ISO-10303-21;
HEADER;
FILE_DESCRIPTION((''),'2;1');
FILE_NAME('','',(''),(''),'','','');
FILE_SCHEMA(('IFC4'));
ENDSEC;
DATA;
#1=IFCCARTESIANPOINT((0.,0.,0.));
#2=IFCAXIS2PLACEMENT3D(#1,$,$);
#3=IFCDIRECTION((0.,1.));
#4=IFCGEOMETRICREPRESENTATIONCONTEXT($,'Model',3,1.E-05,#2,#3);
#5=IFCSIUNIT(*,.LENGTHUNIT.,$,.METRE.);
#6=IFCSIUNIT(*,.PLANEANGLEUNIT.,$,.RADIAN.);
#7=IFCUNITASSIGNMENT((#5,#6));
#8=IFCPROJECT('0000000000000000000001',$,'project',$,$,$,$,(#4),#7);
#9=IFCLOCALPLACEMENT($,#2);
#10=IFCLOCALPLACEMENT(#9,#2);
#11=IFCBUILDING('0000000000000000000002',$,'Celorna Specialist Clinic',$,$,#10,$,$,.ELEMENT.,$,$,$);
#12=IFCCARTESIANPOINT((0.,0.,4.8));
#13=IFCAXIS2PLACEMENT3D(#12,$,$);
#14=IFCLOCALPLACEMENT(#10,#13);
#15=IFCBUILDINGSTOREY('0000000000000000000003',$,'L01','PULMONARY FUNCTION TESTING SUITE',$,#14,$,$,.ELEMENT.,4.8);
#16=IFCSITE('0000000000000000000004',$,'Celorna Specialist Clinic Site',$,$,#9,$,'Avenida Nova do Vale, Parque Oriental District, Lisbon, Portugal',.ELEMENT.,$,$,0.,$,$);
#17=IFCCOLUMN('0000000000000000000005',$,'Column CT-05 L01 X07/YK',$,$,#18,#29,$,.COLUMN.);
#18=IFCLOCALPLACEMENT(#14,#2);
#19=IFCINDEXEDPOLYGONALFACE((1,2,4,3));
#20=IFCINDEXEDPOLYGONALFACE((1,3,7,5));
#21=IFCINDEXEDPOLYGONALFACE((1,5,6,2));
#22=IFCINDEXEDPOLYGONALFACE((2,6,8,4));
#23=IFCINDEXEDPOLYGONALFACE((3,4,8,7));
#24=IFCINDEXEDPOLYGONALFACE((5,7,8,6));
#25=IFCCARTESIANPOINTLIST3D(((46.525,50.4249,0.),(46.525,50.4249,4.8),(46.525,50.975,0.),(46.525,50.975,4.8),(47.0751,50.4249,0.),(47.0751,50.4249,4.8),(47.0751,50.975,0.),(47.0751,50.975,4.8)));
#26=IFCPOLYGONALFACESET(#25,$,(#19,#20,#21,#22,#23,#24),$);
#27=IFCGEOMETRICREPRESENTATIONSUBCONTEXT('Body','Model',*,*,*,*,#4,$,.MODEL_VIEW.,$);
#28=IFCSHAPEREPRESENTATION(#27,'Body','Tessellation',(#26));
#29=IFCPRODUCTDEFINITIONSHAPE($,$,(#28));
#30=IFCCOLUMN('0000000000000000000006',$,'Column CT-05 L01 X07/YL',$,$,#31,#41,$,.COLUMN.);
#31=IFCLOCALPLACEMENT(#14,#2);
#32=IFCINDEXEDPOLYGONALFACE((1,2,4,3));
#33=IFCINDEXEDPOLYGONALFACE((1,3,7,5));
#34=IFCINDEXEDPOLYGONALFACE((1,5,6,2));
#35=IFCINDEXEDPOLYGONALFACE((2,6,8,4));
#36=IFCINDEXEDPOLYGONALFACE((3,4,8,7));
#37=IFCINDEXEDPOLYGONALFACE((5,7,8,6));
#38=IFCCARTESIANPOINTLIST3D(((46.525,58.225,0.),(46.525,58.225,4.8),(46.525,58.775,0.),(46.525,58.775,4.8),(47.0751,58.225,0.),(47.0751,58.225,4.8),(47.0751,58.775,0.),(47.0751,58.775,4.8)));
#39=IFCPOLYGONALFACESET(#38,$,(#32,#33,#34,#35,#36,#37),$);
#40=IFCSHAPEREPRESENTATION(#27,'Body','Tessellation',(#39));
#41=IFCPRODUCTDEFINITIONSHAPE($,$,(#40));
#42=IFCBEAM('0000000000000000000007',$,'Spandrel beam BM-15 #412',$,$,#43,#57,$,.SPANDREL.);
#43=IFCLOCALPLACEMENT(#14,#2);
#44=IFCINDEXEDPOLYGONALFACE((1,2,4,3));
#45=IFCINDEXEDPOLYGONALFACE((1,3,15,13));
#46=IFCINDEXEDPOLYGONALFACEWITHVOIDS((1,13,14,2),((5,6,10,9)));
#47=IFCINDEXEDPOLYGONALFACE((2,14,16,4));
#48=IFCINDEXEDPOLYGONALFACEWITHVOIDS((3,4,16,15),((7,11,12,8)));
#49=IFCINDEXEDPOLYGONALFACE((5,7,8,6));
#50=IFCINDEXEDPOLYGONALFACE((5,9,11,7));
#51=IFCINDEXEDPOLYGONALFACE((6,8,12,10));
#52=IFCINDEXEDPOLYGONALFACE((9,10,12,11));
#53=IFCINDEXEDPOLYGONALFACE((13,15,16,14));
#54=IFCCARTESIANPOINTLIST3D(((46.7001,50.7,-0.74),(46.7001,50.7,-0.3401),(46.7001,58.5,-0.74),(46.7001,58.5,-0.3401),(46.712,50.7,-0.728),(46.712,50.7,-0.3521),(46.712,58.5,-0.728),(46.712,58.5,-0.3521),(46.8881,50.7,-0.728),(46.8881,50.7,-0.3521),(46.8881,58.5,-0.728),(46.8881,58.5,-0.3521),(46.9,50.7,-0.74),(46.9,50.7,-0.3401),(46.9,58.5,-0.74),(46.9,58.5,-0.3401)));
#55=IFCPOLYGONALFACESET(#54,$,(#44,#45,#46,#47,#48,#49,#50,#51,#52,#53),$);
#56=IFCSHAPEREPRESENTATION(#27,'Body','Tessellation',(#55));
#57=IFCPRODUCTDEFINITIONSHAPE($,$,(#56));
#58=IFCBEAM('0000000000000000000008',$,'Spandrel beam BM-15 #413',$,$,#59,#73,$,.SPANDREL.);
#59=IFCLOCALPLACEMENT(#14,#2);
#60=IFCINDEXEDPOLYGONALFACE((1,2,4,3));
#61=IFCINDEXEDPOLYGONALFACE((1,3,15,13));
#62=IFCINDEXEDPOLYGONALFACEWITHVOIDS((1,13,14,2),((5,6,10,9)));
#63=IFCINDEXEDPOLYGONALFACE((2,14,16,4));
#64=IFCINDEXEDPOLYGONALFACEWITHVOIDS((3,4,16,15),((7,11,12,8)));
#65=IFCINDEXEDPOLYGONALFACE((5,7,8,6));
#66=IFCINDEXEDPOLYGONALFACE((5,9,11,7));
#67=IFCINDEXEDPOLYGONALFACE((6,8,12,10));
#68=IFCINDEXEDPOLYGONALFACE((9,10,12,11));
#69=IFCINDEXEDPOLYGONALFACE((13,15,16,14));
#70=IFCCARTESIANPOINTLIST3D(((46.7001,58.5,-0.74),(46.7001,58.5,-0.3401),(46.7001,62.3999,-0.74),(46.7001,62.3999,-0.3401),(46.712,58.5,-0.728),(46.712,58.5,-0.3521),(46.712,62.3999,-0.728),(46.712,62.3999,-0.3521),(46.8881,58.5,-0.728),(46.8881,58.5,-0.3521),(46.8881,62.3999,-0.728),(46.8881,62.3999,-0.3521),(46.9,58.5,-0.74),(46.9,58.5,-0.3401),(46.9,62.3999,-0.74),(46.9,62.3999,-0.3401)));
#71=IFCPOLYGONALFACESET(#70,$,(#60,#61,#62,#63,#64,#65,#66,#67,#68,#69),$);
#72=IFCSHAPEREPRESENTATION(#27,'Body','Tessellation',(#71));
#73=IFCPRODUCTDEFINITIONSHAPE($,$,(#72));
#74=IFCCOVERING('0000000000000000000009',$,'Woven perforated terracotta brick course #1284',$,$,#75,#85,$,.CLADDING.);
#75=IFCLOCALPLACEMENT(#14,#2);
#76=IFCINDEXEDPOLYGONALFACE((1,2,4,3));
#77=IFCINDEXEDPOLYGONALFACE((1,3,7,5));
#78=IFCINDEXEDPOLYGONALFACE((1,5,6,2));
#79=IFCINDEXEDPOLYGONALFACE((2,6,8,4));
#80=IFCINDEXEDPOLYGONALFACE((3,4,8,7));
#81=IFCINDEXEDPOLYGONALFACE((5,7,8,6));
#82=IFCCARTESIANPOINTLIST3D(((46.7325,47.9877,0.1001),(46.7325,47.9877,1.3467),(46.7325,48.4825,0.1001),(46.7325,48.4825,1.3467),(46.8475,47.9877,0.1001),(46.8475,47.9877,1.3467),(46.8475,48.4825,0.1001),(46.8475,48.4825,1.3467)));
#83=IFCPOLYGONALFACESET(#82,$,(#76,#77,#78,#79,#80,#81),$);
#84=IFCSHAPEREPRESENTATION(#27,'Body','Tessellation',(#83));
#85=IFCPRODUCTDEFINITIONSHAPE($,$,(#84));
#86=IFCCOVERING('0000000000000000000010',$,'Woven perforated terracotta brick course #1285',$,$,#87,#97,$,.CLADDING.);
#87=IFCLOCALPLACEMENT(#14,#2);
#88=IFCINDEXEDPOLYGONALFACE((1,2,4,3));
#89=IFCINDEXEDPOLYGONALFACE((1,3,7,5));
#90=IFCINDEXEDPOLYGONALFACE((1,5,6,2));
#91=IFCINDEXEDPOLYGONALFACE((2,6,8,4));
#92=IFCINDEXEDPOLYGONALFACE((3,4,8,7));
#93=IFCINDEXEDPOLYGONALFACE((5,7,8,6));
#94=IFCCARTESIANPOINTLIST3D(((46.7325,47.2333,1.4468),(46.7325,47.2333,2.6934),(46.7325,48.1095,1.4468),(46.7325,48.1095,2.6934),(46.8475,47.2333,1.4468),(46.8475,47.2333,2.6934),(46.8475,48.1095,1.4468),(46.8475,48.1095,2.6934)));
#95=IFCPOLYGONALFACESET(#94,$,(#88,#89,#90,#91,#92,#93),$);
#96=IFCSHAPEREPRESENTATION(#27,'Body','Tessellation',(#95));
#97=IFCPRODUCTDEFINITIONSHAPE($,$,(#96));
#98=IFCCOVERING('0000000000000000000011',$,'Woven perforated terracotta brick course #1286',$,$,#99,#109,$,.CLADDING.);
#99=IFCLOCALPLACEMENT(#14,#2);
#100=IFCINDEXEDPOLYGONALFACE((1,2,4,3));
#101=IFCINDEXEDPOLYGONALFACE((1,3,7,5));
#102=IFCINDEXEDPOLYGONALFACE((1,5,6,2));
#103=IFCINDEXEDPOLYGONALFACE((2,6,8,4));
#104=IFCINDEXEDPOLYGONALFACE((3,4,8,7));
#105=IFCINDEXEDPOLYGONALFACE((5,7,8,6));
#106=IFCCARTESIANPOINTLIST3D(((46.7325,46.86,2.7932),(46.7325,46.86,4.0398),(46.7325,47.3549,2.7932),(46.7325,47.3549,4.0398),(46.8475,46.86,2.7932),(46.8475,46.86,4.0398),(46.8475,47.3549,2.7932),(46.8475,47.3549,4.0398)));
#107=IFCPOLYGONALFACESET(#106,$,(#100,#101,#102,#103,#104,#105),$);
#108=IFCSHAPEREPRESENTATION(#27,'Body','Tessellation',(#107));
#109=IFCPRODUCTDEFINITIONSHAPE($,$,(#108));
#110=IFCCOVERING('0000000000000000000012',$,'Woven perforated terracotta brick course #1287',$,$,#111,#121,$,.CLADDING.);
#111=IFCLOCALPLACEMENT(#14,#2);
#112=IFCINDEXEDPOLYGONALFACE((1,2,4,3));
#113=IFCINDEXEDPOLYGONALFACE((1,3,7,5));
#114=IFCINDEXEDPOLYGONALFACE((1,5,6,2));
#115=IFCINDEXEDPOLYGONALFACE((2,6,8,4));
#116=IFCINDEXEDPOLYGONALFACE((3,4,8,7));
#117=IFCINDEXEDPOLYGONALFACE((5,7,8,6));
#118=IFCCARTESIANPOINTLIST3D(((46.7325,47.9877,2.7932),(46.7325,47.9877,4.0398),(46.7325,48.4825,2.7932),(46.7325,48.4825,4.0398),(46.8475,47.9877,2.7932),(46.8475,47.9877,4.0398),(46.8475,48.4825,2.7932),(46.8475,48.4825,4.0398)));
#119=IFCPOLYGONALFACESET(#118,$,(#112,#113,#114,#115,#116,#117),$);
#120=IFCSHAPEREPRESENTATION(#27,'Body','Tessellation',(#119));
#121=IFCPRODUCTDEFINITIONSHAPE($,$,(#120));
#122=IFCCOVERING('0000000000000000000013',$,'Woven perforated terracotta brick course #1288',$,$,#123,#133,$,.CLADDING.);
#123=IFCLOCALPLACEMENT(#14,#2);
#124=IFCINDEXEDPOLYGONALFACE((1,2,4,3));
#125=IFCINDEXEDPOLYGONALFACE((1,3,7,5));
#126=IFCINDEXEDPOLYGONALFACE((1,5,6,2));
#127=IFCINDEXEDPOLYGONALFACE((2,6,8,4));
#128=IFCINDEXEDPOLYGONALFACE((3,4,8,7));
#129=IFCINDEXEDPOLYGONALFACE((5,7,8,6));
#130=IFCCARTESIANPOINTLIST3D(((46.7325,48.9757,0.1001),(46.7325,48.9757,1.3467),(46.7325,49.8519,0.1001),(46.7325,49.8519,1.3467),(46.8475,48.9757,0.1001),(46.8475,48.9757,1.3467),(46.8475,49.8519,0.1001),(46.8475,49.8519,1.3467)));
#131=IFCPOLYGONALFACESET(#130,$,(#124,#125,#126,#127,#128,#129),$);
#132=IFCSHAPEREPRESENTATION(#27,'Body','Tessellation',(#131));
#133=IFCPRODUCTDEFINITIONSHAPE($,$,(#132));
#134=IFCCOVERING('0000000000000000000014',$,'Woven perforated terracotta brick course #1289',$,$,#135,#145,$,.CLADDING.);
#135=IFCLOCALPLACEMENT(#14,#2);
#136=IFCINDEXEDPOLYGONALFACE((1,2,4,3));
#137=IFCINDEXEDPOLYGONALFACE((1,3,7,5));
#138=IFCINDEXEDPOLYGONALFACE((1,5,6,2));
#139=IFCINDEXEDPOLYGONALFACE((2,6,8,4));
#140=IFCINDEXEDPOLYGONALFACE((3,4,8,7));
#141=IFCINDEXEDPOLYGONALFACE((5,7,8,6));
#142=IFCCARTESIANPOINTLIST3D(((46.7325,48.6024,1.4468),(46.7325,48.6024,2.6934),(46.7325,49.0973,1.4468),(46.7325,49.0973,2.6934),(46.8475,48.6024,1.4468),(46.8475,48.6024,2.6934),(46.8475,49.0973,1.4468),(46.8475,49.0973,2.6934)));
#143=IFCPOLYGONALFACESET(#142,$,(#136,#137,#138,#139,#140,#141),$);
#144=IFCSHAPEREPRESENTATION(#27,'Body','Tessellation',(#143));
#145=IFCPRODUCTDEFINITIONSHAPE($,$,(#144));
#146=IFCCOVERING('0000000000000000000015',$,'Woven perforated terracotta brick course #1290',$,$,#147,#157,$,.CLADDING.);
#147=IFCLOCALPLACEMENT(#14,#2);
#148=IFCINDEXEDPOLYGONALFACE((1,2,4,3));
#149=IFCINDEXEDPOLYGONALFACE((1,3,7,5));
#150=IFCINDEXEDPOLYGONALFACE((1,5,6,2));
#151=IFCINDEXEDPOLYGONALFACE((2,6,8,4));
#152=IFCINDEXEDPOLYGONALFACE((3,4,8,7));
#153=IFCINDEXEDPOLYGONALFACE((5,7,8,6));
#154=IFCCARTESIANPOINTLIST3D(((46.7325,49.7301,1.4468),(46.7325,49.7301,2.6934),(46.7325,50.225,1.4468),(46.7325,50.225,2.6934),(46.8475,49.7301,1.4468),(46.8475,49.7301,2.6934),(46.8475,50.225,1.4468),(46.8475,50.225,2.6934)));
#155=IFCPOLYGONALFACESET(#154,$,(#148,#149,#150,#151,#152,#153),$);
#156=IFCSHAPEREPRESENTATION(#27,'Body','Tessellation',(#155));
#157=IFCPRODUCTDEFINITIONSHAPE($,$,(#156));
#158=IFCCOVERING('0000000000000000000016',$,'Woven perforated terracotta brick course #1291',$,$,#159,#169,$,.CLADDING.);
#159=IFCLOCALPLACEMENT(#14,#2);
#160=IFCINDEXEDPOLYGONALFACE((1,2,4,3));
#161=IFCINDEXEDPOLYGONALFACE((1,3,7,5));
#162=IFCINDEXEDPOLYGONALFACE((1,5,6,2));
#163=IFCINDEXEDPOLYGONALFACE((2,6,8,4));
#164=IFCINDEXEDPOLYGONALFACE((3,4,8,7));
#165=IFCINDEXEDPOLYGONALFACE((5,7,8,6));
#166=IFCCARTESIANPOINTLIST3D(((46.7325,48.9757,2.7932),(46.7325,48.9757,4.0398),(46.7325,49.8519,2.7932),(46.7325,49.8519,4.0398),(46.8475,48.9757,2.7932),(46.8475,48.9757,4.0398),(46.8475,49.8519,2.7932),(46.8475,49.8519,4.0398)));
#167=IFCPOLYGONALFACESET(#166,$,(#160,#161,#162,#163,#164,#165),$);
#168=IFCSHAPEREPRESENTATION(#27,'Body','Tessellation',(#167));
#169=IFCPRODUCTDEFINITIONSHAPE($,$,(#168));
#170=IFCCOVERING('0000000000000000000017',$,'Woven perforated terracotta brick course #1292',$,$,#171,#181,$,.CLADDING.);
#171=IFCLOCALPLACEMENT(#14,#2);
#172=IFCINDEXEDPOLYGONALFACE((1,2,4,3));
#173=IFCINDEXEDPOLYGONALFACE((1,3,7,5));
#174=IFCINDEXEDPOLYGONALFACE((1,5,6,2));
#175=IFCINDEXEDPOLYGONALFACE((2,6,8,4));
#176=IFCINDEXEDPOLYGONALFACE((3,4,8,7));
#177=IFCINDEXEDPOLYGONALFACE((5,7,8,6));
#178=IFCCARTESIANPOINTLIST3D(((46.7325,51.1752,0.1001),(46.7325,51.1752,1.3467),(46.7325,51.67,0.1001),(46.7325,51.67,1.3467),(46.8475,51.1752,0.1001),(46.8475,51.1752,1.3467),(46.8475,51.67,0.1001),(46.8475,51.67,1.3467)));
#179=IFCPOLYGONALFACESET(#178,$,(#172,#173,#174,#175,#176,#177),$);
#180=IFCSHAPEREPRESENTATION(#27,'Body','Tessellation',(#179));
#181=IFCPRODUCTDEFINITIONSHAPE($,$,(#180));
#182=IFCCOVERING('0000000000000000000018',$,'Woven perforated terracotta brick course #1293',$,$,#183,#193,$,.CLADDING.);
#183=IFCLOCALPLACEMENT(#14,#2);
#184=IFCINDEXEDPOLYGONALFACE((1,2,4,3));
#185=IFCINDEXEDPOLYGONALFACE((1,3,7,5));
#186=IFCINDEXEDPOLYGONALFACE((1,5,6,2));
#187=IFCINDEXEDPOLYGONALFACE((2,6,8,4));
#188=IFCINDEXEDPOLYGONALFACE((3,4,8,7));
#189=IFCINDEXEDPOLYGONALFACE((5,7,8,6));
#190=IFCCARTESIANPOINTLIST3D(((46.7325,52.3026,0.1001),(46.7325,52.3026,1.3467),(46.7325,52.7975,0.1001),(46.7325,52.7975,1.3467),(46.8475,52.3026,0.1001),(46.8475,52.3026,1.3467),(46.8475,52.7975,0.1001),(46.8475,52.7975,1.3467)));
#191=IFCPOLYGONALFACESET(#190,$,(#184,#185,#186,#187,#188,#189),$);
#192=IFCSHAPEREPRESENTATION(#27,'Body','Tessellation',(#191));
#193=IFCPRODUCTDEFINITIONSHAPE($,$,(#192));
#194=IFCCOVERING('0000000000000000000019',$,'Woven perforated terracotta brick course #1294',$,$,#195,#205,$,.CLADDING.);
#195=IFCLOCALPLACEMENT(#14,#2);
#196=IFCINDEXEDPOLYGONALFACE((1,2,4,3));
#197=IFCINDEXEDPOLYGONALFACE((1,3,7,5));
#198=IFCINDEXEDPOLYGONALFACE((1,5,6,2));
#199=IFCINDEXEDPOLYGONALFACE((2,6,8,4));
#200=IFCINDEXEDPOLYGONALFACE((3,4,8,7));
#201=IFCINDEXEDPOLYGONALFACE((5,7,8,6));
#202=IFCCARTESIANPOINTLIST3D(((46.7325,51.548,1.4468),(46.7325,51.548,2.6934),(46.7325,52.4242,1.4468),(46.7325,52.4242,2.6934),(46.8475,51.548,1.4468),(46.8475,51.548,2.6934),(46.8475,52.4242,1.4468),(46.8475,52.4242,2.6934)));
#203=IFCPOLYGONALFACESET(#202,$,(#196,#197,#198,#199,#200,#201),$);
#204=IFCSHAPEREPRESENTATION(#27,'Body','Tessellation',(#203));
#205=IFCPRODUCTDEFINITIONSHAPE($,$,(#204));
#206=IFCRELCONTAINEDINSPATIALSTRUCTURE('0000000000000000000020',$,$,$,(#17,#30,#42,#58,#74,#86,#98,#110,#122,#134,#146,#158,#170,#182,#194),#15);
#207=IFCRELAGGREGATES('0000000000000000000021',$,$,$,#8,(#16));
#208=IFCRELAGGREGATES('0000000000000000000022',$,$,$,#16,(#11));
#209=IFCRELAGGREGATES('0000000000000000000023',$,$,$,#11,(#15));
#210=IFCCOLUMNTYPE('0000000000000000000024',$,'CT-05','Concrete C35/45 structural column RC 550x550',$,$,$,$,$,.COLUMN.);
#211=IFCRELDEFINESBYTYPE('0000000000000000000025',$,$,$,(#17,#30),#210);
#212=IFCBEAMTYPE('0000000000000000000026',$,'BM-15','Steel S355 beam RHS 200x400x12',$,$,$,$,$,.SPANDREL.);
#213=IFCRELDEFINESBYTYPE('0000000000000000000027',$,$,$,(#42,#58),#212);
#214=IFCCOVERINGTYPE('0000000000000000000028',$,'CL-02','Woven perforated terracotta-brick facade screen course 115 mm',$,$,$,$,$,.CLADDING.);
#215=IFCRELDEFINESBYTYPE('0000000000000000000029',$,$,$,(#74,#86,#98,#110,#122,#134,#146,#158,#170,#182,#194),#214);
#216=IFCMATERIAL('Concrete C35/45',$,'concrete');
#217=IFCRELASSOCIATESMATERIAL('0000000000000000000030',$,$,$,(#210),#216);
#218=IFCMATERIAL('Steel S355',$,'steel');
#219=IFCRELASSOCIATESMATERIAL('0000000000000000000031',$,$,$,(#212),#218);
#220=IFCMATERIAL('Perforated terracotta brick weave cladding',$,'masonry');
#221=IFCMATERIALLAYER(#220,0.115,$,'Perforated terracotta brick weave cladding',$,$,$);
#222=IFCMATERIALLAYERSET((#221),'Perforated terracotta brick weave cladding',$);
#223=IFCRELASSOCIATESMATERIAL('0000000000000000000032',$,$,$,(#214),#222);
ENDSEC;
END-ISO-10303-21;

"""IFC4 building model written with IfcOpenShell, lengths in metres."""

from ifc_helpers import new_model, si_unit, direction, frame, origin, origin_2d, place, context, subcontext, project, spatial, rectangle, hollow_rectangle, extrude, material, layer, layer_set, material_profile, profile_set, type_object, element, save


model = new_model("IFC4")

# Units and contexts
model_context = context("Model", 3, precision=1e-05, world=origin(), true_north=direction((0.0, 1.0)))
body_context = subcontext(model_context, "Body", "Model", "MODEL_VIEW")
ifc_project = project(units=[si_unit("LENGTHUNIT", "METRE"), si_unit("PLANEANGLEUNIT", "RADIAN")], contexts=[model_context])

# Site, building, storey
site_placement = place(None, origin())
site = spatial("IfcSite", under=ifc_project, at=site_placement, Name="Celorna Specialist Clinic Site", LongName="Avenida Nova do Vale, Parque Oriental District, Lisbon, Portugal", CompositionType="ELEMENT", RefElevation=0.0)
building_placement = place(site_placement, origin())
building = spatial("IfcBuilding", under=site, at=building_placement, Name="Celorna Specialist Clinic", CompositionType="ELEMENT")
storey_placement = place(building_placement, frame((0.0, 0.0, 4.8)))
storey = spatial("IfcBuildingStorey", under=building, at=storey_placement, Name="L01", Description="PULMONARY FUNCTION TESTING SUITE", CompositionType="ELEMENT", Elevation=4.8)

# Columns
ifc_material_1 = material(Name="Concrete C35/45", Category="concrete")
ifc_material_profile_1 = material_profile(ifc_material_1, rectangle(XDim=0.55, YDim=0.55, at=origin_2d()), Name="RC 550x550")
ifc_profile_set_1 = profile_set([ifc_material_profile_1], Name="Concrete C35/45")
column_type = type_object("IfcColumnType", Name="CT-05", Description="Concrete C35/45 structural column RC 550x550", PredefinedType="COLUMN", material=ifc_profile_set_1)
for number, where, z_axis, x_axis, name in (
    (1, (46.8, 50.7, 0.0), (0.0, 0.0, 1.0), (1.0, 0.0, 0.0), "Column CT-05 L01 X07/YK"),
    (2, (46.8, 58.5, 0.0), (0.0, 0.0, 1.0), (1.0, 0.0, 0.0), "Column CT-05 L01 X07/YL"),
):
    element("IfcColumn", number, at=place(storey_placement, frame(where, z_axis=z_axis, x_axis=x_axis)), inside=storey, type_object=column_type, Name=name, PredefinedType="COLUMN", context=body_context, shape_type="SweptSolid", body=[
        extrude(rectangle(XDim=0.55, YDim=0.55, at=origin_2d()), origin(), (0.0, 0.0, 1.0), 4.8),
    ])

# Beams
ifc_material_2 = material(Name="Steel S355", Category="steel")
ifc_material_profile_2 = material_profile(ifc_material_2, hollow_rectangle(XDim=0.2, YDim=0.3999, WallThickness=0.012, at=origin_2d()), Name="RHS 200x400x12")
ifc_profile_set_2 = profile_set([ifc_material_profile_2], Name="Steel S355")
beam_type = type_object("IfcBeamType", Name="BM-15", Description="Steel S355 beam RHS 200x400x12", PredefinedType="SPANDREL", material=ifc_profile_set_2)
beam_1_placement = place(storey_placement, frame((46.8, 50.7, -0.54), z_axis=(0.0, 1.0, 0.0), x_axis=(-1.0, 0.0, 0.0)))
element("IfcBeam", 3, at=beam_1_placement, inside=storey, type_object=beam_type, Name="Spandrel beam BM-15 #412", PredefinedType="SPANDREL", context=body_context, shape_type="SweptSolid", body=[
    extrude(hollow_rectangle(XDim=0.2, YDim=0.3999, WallThickness=0.012, at=origin_2d()), origin(), (0.0, 0.0, 1.0), 7.8),
])
beam_2_placement = place(storey_placement, frame((46.8, 58.5, -0.54), z_axis=(0.0, 1.0, 0.0), x_axis=(-1.0, 0.0, 0.0)))
element("IfcBeam", 4, at=beam_2_placement, inside=storey, type_object=beam_type, Name="Spandrel beam BM-15 #413", PredefinedType="SPANDREL", context=body_context, shape_type="SweptSolid", body=[
    extrude(hollow_rectangle(XDim=0.2, YDim=0.3999, WallThickness=0.012, at=origin_2d()), origin(), (0.0, 0.0, 1.0), 3.8999),
])

# Coverings
ifc_material_3 = material(Name="Perforated terracotta brick weave cladding", Category="masonry")
ifc_layer = layer(ifc_material_3, 0.115, Name="Perforated terracotta brick weave cladding")
ifc_layer_set = layer_set([ifc_layer], Name="Perforated terracotta brick weave cladding")
covering_type = type_object("IfcCoveringType", Name="CL-02", Description="Woven perforated terracotta-brick facade screen course 115 mm", PredefinedType="CLADDING", material=ifc_layer_set)
covering_1_placement = place(storey_placement, frame((46.79, 48.2351, 0.1001), z_axis=(0.0, 0.0, 1.0), x_axis=(0.0, 1.0, 0.0)))
element("IfcCovering", 5, at=covering_1_placement, inside=storey, type_object=covering_type, Name="Woven perforated terracotta brick course #1284", PredefinedType="CLADDING", context=body_context, shape_type="SweptSolid", body=[
    extrude(rectangle(XDim=0.4949, YDim=0.115, at=origin_2d()), origin(), (0.0, 0.0, 1.0), 1.2466),
])
covering_2_placement = place(storey_placement, frame((46.79, 47.6714, 1.4468), z_axis=(0.0, 0.0, 1.0), x_axis=(0.0, 1.0, 0.0)))
element("IfcCovering", 6, at=covering_2_placement, inside=storey, type_object=covering_type, Name="Woven perforated terracotta brick course #1285", PredefinedType="CLADDING", context=body_context, shape_type="SweptSolid", body=[
    extrude(rectangle(XDim=0.8762, YDim=0.115, at=origin_2d()), origin(), (0.0, 0.0, 1.0), 1.2466),
])
for number, where, z_axis, x_axis, name in (
    (7, (46.79, 47.1074, 2.7932), (0.0, 0.0, 1.0), (0.0, 1.0, 0.0), "Woven perforated terracotta brick course #1286"),
    (8, (46.79, 48.2351, 2.7932), (0.0, 0.0, 1.0), (0.0, 1.0, 0.0), "Woven perforated terracotta brick course #1287"),
):
    element("IfcCovering", number, at=place(storey_placement, frame(where, z_axis=z_axis, x_axis=x_axis)), inside=storey, type_object=covering_type, Name=name, PredefinedType="CLADDING", context=body_context, shape_type="SweptSolid", body=[
        extrude(rectangle(XDim=0.4949, YDim=0.115, at=origin_2d()), origin(), (0.0, 0.0, 1.0), 1.2466),
    ])
covering_3_placement = place(storey_placement, frame((46.79, 49.4138, 0.1001), z_axis=(0.0, 0.0, 1.0), x_axis=(0.0, 1.0, 0.0)))
element("IfcCovering", 9, at=covering_3_placement, inside=storey, type_object=covering_type, Name="Woven perforated terracotta brick course #1288", PredefinedType="CLADDING", context=body_context, shape_type="SweptSolid", body=[
    extrude(rectangle(XDim=0.8762, YDim=0.115, at=origin_2d()), origin(), (0.0, 0.0, 1.0), 1.2466),
])
for number, where, z_axis, x_axis, name in (
    (10, (46.79, 48.8499, 1.4468), (0.0, 0.0, 1.0), (0.0, 1.0, 0.0), "Woven perforated terracotta brick course #1289"),
    (11, (46.79, 49.9775, 1.4468), (0.0, 0.0, 1.0), (0.0, 1.0, 0.0), "Woven perforated terracotta brick course #1290"),
):
    element("IfcCovering", number, at=place(storey_placement, frame(where, z_axis=z_axis, x_axis=x_axis)), inside=storey, type_object=covering_type, Name=name, PredefinedType="CLADDING", context=body_context, shape_type="SweptSolid", body=[
        extrude(rectangle(XDim=0.4949, YDim=0.115, at=origin_2d()), origin(), (0.0, 0.0, 1.0), 1.2466),
    ])
covering_4_placement = place(storey_placement, frame((46.79, 49.4138, 2.7932), z_axis=(0.0, 0.0, 1.0), x_axis=(0.0, 1.0, 0.0)))
element("IfcCovering", 12, at=covering_4_placement, inside=storey, type_object=covering_type, Name="Woven perforated terracotta brick course #1291", PredefinedType="CLADDING", context=body_context, shape_type="SweptSolid", body=[
    extrude(rectangle(XDim=0.8762, YDim=0.115, at=origin_2d()), origin(), (0.0, 0.0, 1.0), 1.2466),
])
for number, where, z_axis, x_axis, name in (
    (13, (46.79, 51.4226, 0.1001), (0.0, 0.0, 1.0), (0.0, 1.0, 0.0), "Woven perforated terracotta brick course #1292"),
    (14, (46.79, 52.55, 0.1001), (0.0, 0.0, 1.0), (0.0, 1.0, 0.0), "Woven perforated terracotta brick course #1293"),
):
    element("IfcCovering", number, at=place(storey_placement, frame(where, z_axis=z_axis, x_axis=x_axis)), inside=storey, type_object=covering_type, Name=name, PredefinedType="CLADDING", context=body_context, shape_type="SweptSolid", body=[
        extrude(rectangle(XDim=0.4949, YDim=0.115, at=origin_2d()), origin(), (0.0, 0.0, 1.0), 1.2466),
    ])
covering_5_placement = place(storey_placement, frame((46.79, 51.9861, 1.4468), z_axis=(0.0, 0.0, 1.0), x_axis=(0.0, 1.0, 0.0)))
element("IfcCovering", 15, at=covering_5_placement, inside=storey, type_object=covering_type, Name="Woven perforated terracotta brick course #1294", PredefinedType="CLADDING", context=body_context, shape_type="SweptSolid", body=[
    extrude(rectangle(XDim=0.8762, YDim=0.115, at=origin_2d()), origin(), (0.0, 0.0, 1.0), 1.2466),
])

save(model, "model.ifc")
